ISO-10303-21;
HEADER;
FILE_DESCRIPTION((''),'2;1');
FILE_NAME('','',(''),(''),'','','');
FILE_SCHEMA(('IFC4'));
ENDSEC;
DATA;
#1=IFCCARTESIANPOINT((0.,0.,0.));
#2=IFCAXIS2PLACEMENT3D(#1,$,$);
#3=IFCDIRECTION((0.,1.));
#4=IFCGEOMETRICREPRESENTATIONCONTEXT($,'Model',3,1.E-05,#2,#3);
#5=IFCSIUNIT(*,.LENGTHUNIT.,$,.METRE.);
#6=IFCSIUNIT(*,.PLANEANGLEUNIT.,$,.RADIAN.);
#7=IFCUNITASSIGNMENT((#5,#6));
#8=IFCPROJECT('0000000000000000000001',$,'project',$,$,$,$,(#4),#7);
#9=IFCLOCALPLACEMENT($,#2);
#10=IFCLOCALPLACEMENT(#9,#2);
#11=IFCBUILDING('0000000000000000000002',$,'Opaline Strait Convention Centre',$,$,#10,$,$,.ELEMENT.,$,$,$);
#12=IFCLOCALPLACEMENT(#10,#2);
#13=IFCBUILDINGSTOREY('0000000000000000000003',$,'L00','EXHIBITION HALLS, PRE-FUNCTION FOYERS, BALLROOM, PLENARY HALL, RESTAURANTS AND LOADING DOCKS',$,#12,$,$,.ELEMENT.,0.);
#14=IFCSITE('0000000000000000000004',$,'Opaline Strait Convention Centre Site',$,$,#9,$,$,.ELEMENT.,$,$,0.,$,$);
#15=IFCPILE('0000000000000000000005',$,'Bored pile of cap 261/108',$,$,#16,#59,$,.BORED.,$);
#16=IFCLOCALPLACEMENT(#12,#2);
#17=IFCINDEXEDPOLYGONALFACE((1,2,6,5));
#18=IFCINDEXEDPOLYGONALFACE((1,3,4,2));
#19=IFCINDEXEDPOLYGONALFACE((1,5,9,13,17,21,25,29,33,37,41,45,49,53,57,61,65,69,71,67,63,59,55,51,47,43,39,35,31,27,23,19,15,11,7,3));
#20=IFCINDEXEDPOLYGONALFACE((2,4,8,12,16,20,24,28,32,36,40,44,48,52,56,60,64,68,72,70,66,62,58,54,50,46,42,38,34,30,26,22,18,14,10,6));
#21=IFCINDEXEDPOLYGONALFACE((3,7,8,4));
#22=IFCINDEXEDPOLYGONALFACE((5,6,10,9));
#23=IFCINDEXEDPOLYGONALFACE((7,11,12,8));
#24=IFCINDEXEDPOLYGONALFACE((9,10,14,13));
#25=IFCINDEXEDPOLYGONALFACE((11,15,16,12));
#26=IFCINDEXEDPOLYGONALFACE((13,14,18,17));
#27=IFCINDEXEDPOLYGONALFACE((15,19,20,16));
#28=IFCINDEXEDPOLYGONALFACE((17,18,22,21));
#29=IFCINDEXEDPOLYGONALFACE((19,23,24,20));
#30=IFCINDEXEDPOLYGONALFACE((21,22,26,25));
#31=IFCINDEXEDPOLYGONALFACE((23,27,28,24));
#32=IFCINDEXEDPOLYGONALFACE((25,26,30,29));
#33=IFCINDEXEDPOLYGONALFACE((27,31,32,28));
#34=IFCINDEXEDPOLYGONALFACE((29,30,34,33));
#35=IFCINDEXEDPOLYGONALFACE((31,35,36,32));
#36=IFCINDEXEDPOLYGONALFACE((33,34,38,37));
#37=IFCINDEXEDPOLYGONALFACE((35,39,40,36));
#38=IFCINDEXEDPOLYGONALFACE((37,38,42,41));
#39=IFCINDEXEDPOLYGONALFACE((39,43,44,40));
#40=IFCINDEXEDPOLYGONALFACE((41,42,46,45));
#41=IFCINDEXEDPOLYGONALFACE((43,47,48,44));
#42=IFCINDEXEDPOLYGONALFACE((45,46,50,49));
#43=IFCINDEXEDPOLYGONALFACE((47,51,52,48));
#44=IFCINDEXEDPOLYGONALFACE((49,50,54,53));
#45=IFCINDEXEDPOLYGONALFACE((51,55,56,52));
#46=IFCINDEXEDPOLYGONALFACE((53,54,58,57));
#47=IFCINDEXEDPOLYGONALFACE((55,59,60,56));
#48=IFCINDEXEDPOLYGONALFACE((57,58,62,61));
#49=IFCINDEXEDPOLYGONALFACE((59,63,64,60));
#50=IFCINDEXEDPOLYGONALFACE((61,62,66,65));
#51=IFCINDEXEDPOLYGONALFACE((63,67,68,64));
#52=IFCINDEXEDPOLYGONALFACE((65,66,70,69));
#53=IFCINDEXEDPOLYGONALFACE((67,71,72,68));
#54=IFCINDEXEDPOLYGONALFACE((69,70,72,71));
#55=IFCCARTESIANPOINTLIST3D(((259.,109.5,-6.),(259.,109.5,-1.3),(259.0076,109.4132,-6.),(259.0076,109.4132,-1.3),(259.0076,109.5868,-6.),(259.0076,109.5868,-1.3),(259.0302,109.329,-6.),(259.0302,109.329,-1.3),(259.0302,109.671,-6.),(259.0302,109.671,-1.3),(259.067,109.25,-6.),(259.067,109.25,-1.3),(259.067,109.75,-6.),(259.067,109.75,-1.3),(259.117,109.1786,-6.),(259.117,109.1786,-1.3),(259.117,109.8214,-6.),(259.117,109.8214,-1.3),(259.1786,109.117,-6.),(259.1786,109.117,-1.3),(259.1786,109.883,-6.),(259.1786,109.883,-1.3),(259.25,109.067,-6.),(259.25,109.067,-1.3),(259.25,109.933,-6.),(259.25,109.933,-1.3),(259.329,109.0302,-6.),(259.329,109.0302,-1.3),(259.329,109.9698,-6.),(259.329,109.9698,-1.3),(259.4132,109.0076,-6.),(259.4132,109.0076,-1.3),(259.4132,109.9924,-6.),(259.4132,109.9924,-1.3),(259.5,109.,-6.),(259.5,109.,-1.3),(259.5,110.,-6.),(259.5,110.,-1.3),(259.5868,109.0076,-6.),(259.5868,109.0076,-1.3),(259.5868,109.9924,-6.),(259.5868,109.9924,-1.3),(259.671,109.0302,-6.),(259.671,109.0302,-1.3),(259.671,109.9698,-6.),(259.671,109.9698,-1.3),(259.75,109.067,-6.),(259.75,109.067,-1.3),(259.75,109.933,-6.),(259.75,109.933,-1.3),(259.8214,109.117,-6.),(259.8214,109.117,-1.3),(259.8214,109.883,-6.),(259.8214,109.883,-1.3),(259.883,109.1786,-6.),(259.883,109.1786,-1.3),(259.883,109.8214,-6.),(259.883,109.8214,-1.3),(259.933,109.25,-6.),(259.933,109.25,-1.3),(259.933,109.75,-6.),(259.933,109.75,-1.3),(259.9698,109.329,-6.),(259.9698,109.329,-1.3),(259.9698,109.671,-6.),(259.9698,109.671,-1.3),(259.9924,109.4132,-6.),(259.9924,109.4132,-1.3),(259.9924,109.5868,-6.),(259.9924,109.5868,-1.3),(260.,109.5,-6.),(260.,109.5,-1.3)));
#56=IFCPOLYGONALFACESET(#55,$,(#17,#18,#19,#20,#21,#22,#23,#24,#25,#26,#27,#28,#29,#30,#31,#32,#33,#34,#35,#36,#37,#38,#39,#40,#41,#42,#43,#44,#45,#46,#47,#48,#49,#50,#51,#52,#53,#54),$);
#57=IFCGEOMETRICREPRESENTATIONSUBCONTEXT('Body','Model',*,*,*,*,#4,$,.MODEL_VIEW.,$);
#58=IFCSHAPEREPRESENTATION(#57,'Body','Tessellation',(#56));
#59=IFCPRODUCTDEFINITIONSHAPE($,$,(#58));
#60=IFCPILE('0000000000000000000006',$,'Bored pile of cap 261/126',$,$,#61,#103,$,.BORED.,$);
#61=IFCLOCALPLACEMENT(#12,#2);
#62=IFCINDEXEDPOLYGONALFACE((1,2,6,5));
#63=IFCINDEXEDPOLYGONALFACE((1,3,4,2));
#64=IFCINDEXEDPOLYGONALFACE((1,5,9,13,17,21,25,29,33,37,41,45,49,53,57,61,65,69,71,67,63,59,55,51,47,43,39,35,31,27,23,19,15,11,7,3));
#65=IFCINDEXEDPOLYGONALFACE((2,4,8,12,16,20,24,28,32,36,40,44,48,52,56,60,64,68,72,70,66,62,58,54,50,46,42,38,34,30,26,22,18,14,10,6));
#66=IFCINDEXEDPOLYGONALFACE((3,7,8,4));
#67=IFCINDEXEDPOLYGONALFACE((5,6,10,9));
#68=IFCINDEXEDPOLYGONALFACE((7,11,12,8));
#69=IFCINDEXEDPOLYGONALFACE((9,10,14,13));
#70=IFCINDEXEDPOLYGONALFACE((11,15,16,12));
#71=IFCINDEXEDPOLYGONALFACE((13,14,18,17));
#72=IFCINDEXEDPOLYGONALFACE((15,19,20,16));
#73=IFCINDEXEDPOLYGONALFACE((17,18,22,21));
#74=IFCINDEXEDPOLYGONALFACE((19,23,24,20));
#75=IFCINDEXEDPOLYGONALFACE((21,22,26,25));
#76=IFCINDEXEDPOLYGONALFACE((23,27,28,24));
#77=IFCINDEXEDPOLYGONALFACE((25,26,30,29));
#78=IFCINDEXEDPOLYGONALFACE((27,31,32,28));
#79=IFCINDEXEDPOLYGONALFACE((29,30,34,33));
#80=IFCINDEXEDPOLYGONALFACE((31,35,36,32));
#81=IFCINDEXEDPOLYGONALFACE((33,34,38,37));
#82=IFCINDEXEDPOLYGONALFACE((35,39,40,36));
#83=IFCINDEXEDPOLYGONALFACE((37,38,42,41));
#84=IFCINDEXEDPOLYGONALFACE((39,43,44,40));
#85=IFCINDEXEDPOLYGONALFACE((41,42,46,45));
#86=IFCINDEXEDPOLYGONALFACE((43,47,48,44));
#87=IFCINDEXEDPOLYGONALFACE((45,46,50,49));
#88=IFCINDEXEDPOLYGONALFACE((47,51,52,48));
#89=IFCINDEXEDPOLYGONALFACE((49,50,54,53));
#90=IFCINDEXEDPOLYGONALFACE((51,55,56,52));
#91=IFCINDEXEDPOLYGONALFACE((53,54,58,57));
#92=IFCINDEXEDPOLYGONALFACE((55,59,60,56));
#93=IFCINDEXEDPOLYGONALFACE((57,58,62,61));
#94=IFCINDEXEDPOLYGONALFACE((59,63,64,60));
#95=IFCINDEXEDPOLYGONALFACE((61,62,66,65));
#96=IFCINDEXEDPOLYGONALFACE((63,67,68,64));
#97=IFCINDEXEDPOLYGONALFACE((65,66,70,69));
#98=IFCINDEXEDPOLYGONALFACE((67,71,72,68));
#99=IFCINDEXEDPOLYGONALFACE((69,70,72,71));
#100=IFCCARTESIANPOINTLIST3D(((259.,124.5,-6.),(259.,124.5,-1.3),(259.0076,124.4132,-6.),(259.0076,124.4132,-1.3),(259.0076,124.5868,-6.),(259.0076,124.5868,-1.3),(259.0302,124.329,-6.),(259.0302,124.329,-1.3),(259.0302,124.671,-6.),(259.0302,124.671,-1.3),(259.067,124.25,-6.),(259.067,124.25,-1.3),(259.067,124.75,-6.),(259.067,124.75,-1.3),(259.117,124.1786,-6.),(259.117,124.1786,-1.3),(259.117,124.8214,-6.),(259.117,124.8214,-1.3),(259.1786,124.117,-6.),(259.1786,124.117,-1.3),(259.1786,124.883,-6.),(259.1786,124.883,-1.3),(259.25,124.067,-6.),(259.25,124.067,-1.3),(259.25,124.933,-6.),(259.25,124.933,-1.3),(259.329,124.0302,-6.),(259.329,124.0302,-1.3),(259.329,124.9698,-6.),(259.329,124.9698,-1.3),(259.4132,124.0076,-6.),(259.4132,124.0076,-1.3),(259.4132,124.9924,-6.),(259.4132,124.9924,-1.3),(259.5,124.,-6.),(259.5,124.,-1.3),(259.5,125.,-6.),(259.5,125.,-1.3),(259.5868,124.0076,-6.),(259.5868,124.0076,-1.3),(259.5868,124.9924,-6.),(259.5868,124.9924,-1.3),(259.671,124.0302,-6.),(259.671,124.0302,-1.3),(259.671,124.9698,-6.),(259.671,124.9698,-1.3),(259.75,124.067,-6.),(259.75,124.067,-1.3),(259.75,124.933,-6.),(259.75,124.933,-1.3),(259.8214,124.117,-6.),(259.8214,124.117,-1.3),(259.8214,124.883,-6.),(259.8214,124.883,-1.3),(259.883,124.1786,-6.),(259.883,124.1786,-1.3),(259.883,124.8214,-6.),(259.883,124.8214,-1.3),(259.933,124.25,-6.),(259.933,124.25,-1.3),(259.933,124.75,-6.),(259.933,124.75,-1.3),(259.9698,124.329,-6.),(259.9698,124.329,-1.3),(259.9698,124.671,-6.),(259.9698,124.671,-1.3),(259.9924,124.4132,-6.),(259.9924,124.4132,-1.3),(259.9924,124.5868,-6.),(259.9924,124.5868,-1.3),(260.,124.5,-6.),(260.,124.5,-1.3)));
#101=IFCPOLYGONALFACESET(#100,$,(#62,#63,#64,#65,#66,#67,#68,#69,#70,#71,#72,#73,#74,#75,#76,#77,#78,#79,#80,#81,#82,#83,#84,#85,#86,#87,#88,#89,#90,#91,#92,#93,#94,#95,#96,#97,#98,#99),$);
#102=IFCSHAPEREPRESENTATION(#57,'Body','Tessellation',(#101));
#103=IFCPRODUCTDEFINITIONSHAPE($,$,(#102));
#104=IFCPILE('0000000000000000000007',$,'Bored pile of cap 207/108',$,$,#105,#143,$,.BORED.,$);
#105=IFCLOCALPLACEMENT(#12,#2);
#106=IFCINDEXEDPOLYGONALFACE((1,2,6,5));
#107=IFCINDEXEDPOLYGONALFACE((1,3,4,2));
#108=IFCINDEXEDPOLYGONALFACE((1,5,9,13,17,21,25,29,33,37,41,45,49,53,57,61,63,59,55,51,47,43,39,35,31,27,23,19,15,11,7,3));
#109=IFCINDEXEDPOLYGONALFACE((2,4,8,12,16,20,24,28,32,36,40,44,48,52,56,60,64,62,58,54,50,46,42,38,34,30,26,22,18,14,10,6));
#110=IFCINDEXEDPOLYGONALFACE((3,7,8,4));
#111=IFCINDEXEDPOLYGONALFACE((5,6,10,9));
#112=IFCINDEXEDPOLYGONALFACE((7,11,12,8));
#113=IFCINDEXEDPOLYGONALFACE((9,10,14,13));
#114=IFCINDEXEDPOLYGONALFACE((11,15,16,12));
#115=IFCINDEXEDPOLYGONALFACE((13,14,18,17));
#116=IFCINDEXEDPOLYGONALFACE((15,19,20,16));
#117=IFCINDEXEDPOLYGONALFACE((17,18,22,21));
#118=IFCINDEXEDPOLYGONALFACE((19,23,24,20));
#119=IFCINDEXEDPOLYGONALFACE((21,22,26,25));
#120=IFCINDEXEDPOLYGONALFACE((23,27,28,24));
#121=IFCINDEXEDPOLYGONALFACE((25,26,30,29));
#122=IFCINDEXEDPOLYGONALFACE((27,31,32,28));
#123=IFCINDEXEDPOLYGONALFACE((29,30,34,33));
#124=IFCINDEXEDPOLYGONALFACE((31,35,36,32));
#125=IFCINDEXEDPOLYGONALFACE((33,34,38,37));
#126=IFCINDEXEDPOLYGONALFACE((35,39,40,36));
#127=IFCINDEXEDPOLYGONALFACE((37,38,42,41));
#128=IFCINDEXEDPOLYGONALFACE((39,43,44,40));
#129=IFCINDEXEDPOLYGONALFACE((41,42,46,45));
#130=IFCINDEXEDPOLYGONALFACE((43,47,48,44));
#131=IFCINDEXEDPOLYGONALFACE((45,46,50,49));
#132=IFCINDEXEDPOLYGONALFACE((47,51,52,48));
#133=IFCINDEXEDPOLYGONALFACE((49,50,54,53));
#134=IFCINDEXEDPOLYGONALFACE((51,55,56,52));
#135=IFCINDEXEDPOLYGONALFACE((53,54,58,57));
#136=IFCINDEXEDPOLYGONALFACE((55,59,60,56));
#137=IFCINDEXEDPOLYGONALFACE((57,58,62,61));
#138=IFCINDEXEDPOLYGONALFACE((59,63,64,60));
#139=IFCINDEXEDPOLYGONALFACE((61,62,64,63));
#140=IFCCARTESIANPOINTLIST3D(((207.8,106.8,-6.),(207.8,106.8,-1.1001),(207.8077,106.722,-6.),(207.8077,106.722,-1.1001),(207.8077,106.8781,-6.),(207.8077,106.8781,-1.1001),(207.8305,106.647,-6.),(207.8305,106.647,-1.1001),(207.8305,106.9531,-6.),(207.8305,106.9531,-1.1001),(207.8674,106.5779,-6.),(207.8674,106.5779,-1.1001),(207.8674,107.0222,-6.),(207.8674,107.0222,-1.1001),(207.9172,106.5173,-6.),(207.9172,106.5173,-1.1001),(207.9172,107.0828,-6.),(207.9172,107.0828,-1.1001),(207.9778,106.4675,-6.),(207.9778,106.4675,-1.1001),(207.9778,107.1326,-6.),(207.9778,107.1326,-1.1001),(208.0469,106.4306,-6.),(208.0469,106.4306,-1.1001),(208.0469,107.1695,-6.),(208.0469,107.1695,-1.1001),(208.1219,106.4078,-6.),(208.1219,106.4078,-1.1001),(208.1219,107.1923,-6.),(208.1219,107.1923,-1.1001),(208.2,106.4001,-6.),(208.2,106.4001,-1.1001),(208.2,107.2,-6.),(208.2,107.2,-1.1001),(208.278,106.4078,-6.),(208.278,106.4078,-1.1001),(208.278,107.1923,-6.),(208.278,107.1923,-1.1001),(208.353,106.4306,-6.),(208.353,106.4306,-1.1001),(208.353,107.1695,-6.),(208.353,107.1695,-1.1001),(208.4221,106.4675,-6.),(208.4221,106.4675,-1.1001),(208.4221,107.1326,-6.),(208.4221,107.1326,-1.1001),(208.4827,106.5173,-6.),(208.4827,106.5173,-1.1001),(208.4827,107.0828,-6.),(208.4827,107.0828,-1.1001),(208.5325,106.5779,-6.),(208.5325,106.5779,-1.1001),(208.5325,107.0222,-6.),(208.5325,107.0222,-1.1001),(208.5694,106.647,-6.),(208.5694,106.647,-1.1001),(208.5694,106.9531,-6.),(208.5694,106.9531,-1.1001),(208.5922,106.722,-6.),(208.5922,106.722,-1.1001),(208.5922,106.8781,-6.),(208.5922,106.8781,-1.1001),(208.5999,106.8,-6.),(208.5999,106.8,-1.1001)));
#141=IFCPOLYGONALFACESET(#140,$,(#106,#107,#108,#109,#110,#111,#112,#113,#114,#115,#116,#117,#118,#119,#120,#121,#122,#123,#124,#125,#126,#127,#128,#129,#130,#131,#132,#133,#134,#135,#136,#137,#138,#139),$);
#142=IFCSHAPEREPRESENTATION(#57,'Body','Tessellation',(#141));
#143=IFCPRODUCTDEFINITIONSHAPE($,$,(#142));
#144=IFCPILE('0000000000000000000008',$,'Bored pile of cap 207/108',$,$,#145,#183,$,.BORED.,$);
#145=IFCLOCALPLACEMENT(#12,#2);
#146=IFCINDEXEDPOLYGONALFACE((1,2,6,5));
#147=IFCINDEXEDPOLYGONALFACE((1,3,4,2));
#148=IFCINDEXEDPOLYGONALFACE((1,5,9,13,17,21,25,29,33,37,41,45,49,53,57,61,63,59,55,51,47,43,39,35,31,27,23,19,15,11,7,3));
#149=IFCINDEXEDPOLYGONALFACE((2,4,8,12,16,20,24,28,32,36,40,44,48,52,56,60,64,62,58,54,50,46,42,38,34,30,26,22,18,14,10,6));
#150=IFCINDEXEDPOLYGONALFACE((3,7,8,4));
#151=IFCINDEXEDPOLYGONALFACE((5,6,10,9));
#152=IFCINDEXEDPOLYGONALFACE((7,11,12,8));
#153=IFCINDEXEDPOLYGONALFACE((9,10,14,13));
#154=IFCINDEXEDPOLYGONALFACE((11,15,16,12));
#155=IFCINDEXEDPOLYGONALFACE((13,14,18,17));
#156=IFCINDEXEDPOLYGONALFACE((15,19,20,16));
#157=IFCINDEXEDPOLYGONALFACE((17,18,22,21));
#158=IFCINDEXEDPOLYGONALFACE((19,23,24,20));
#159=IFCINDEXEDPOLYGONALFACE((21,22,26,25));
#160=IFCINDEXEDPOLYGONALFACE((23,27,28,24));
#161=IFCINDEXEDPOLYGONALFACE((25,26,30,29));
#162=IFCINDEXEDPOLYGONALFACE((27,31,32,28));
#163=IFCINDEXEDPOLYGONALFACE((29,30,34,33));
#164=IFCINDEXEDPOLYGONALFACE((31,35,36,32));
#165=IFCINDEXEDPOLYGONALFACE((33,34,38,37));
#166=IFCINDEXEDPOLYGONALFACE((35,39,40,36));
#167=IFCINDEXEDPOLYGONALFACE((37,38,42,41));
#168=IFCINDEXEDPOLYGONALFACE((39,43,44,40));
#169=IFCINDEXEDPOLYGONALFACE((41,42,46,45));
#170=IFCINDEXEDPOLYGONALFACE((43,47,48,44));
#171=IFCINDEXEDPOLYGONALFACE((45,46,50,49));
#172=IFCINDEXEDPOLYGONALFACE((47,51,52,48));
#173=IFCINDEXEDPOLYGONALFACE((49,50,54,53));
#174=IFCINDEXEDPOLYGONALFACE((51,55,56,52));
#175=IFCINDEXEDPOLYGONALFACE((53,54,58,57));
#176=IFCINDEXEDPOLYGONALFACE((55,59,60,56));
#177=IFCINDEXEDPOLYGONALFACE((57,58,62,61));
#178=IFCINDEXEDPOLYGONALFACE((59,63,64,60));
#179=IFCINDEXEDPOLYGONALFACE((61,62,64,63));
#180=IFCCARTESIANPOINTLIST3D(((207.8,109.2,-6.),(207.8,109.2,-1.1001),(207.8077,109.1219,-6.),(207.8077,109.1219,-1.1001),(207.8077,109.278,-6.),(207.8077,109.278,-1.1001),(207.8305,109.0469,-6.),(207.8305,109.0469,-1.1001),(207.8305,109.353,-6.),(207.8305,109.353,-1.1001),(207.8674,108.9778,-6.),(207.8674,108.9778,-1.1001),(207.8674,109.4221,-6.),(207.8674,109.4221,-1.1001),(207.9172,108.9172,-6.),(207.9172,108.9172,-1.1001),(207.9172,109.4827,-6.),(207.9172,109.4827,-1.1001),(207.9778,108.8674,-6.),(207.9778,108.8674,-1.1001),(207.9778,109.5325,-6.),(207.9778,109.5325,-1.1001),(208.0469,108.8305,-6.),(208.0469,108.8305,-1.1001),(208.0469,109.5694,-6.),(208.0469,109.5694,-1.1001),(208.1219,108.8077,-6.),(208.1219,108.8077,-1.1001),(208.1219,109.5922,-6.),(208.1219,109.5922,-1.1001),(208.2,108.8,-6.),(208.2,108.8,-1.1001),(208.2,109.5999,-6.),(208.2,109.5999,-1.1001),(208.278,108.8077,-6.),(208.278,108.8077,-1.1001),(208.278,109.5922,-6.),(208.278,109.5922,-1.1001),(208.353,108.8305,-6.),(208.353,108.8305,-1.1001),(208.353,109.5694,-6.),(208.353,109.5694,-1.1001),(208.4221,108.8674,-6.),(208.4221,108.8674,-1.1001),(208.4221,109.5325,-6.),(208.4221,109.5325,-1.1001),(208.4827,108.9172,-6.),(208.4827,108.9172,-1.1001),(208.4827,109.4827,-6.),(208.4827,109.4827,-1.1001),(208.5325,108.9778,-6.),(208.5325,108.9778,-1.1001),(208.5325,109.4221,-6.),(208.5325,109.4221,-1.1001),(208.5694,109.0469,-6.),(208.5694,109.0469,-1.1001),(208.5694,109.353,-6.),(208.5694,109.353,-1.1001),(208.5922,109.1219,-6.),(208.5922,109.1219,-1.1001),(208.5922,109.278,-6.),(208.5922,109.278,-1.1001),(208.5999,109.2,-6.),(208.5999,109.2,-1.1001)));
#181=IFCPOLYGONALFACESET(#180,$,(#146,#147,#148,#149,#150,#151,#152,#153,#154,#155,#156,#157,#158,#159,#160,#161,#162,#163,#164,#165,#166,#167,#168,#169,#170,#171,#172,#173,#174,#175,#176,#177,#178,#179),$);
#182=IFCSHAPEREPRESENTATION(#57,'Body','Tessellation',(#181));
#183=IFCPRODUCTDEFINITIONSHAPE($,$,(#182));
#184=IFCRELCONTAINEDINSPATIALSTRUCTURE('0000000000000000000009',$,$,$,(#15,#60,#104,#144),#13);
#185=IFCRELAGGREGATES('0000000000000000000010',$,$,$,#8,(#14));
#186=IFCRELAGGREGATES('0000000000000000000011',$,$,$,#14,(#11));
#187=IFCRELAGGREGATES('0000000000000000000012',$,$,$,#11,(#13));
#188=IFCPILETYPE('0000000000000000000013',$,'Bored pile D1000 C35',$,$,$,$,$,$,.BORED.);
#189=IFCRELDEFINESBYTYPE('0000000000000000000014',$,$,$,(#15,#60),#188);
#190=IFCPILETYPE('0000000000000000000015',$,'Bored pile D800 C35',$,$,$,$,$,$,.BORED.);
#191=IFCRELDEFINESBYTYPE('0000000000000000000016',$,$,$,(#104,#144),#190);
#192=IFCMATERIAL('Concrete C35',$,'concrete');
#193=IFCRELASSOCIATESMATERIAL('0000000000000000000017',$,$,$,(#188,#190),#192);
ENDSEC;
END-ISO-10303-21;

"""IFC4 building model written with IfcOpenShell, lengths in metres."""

from ifc_helpers import new_model, si_unit, direction, frame, origin, origin_2d, place, context, subcontext, project, spatial, circle, extrude, material, material_profile, profile_set, type_object, element, save


model = new_model("IFC4")

# Units and contexts
model_context = context("Model", 3, precision=1e-05, world=origin(), true_north=direction((0.0, 1.0)))
body_context = subcontext(model_context, "Body", "Model", "MODEL_VIEW")
ifc_project = project(units=[si_unit("LENGTHUNIT", "METRE"), si_unit("PLANEANGLEUNIT", "RADIAN")], contexts=[model_context])

# Site, building, storey
site_placement = place(None, origin())
site = spatial("IfcSite", under=ifc_project, at=site_placement, Name="Opaline Strait Convention Centre Site", CompositionType="ELEMENT", RefElevation=0.0)
building_placement = place(site_placement, origin())
building = spatial("IfcBuilding", under=site, at=building_placement, Name="Opaline Strait Convention Centre", CompositionType="ELEMENT")
storey_placement = place(building_placement, origin())
storey = spatial("IfcBuildingStorey", under=building, at=storey_placement, Name="L00", Description="EXHIBITION HALLS, PRE-FUNCTION FOYERS, BALLROOM, PLENARY HALL, RESTAURANTS AND LOADING DOCKS", CompositionType="ELEMENT", Elevation=0.0)

# Piles
ifc_material_1 = material(Name="Concrete C35", Category="concrete")
ifc_material_profile_1 = material_profile(ifc_material_1, circle(Radius=0.5, at=origin_2d()), Name="D1000")
ifc_profile_set_1 = profile_set([ifc_material_profile_1], Name="Concrete C35")
pile_type_1 = type_object("IfcPileType", Name="Bored pile D1000 C35", PredefinedType="BORED", material=ifc_profile_set_1)
for number, where, z_axis, x_axis, name in (
    (1, (259.5, 109.5, -1.3), (0.0, 0.0, -1.0), (1.0, 0.0, 0.0), "Bored pile of cap 261/108"),
    (2, (259.5, 124.5, -1.3), (0.0, 0.0, -1.0), (1.0, 0.0, 0.0), "Bored pile of cap 261/126"),
):
    element("IfcPile", number, at=place(storey_placement, frame(where, z_axis=z_axis, x_axis=x_axis)), inside=storey, type_object=pile_type_1, Name=name, PredefinedType="BORED", context=body_context, shape_type="SweptSolid", body=[
        extrude(circle(Radius=0.5, at=origin_2d()), origin(), (0.0, 0.0, 1.0), 4.7),
    ])
ifc_material_profile_2 = material_profile(ifc_material_1, circle(Radius=0.3999, at=origin_2d()), Name="D800")
ifc_profile_set_2 = profile_set([ifc_material_profile_2], Name="Concrete C35")
pile_type_2 = type_object("IfcPileType", Name="Bored pile D800 C35", PredefinedType="BORED", material=ifc_profile_set_2)
for number, where, z_axis, x_axis, name in (
    (3, (208.2, 106.8, -1.1001), (0.0, 0.0, -1.0), (1.0, 0.0, 0.0), "Bored pile of cap 207/108"),
    (4, (208.2, 109.2, -1.1001), (0.0, 0.0, -1.0), (1.0, 0.0, 0.0), "Bored pile of cap 207/108"),
):
    element("IfcPile", number, at=place(storey_placement, frame(where, z_axis=z_axis, x_axis=x_axis)), inside=storey, type_object=pile_type_2, Name=name, PredefinedType="BORED", context=body_context, shape_type="SweptSolid", body=[
        extrude(circle(Radius=0.3999, at=origin_2d()), origin(), (0.0, 0.0, 1.0), 4.8999),
    ])

save(model, "model.ifc")
